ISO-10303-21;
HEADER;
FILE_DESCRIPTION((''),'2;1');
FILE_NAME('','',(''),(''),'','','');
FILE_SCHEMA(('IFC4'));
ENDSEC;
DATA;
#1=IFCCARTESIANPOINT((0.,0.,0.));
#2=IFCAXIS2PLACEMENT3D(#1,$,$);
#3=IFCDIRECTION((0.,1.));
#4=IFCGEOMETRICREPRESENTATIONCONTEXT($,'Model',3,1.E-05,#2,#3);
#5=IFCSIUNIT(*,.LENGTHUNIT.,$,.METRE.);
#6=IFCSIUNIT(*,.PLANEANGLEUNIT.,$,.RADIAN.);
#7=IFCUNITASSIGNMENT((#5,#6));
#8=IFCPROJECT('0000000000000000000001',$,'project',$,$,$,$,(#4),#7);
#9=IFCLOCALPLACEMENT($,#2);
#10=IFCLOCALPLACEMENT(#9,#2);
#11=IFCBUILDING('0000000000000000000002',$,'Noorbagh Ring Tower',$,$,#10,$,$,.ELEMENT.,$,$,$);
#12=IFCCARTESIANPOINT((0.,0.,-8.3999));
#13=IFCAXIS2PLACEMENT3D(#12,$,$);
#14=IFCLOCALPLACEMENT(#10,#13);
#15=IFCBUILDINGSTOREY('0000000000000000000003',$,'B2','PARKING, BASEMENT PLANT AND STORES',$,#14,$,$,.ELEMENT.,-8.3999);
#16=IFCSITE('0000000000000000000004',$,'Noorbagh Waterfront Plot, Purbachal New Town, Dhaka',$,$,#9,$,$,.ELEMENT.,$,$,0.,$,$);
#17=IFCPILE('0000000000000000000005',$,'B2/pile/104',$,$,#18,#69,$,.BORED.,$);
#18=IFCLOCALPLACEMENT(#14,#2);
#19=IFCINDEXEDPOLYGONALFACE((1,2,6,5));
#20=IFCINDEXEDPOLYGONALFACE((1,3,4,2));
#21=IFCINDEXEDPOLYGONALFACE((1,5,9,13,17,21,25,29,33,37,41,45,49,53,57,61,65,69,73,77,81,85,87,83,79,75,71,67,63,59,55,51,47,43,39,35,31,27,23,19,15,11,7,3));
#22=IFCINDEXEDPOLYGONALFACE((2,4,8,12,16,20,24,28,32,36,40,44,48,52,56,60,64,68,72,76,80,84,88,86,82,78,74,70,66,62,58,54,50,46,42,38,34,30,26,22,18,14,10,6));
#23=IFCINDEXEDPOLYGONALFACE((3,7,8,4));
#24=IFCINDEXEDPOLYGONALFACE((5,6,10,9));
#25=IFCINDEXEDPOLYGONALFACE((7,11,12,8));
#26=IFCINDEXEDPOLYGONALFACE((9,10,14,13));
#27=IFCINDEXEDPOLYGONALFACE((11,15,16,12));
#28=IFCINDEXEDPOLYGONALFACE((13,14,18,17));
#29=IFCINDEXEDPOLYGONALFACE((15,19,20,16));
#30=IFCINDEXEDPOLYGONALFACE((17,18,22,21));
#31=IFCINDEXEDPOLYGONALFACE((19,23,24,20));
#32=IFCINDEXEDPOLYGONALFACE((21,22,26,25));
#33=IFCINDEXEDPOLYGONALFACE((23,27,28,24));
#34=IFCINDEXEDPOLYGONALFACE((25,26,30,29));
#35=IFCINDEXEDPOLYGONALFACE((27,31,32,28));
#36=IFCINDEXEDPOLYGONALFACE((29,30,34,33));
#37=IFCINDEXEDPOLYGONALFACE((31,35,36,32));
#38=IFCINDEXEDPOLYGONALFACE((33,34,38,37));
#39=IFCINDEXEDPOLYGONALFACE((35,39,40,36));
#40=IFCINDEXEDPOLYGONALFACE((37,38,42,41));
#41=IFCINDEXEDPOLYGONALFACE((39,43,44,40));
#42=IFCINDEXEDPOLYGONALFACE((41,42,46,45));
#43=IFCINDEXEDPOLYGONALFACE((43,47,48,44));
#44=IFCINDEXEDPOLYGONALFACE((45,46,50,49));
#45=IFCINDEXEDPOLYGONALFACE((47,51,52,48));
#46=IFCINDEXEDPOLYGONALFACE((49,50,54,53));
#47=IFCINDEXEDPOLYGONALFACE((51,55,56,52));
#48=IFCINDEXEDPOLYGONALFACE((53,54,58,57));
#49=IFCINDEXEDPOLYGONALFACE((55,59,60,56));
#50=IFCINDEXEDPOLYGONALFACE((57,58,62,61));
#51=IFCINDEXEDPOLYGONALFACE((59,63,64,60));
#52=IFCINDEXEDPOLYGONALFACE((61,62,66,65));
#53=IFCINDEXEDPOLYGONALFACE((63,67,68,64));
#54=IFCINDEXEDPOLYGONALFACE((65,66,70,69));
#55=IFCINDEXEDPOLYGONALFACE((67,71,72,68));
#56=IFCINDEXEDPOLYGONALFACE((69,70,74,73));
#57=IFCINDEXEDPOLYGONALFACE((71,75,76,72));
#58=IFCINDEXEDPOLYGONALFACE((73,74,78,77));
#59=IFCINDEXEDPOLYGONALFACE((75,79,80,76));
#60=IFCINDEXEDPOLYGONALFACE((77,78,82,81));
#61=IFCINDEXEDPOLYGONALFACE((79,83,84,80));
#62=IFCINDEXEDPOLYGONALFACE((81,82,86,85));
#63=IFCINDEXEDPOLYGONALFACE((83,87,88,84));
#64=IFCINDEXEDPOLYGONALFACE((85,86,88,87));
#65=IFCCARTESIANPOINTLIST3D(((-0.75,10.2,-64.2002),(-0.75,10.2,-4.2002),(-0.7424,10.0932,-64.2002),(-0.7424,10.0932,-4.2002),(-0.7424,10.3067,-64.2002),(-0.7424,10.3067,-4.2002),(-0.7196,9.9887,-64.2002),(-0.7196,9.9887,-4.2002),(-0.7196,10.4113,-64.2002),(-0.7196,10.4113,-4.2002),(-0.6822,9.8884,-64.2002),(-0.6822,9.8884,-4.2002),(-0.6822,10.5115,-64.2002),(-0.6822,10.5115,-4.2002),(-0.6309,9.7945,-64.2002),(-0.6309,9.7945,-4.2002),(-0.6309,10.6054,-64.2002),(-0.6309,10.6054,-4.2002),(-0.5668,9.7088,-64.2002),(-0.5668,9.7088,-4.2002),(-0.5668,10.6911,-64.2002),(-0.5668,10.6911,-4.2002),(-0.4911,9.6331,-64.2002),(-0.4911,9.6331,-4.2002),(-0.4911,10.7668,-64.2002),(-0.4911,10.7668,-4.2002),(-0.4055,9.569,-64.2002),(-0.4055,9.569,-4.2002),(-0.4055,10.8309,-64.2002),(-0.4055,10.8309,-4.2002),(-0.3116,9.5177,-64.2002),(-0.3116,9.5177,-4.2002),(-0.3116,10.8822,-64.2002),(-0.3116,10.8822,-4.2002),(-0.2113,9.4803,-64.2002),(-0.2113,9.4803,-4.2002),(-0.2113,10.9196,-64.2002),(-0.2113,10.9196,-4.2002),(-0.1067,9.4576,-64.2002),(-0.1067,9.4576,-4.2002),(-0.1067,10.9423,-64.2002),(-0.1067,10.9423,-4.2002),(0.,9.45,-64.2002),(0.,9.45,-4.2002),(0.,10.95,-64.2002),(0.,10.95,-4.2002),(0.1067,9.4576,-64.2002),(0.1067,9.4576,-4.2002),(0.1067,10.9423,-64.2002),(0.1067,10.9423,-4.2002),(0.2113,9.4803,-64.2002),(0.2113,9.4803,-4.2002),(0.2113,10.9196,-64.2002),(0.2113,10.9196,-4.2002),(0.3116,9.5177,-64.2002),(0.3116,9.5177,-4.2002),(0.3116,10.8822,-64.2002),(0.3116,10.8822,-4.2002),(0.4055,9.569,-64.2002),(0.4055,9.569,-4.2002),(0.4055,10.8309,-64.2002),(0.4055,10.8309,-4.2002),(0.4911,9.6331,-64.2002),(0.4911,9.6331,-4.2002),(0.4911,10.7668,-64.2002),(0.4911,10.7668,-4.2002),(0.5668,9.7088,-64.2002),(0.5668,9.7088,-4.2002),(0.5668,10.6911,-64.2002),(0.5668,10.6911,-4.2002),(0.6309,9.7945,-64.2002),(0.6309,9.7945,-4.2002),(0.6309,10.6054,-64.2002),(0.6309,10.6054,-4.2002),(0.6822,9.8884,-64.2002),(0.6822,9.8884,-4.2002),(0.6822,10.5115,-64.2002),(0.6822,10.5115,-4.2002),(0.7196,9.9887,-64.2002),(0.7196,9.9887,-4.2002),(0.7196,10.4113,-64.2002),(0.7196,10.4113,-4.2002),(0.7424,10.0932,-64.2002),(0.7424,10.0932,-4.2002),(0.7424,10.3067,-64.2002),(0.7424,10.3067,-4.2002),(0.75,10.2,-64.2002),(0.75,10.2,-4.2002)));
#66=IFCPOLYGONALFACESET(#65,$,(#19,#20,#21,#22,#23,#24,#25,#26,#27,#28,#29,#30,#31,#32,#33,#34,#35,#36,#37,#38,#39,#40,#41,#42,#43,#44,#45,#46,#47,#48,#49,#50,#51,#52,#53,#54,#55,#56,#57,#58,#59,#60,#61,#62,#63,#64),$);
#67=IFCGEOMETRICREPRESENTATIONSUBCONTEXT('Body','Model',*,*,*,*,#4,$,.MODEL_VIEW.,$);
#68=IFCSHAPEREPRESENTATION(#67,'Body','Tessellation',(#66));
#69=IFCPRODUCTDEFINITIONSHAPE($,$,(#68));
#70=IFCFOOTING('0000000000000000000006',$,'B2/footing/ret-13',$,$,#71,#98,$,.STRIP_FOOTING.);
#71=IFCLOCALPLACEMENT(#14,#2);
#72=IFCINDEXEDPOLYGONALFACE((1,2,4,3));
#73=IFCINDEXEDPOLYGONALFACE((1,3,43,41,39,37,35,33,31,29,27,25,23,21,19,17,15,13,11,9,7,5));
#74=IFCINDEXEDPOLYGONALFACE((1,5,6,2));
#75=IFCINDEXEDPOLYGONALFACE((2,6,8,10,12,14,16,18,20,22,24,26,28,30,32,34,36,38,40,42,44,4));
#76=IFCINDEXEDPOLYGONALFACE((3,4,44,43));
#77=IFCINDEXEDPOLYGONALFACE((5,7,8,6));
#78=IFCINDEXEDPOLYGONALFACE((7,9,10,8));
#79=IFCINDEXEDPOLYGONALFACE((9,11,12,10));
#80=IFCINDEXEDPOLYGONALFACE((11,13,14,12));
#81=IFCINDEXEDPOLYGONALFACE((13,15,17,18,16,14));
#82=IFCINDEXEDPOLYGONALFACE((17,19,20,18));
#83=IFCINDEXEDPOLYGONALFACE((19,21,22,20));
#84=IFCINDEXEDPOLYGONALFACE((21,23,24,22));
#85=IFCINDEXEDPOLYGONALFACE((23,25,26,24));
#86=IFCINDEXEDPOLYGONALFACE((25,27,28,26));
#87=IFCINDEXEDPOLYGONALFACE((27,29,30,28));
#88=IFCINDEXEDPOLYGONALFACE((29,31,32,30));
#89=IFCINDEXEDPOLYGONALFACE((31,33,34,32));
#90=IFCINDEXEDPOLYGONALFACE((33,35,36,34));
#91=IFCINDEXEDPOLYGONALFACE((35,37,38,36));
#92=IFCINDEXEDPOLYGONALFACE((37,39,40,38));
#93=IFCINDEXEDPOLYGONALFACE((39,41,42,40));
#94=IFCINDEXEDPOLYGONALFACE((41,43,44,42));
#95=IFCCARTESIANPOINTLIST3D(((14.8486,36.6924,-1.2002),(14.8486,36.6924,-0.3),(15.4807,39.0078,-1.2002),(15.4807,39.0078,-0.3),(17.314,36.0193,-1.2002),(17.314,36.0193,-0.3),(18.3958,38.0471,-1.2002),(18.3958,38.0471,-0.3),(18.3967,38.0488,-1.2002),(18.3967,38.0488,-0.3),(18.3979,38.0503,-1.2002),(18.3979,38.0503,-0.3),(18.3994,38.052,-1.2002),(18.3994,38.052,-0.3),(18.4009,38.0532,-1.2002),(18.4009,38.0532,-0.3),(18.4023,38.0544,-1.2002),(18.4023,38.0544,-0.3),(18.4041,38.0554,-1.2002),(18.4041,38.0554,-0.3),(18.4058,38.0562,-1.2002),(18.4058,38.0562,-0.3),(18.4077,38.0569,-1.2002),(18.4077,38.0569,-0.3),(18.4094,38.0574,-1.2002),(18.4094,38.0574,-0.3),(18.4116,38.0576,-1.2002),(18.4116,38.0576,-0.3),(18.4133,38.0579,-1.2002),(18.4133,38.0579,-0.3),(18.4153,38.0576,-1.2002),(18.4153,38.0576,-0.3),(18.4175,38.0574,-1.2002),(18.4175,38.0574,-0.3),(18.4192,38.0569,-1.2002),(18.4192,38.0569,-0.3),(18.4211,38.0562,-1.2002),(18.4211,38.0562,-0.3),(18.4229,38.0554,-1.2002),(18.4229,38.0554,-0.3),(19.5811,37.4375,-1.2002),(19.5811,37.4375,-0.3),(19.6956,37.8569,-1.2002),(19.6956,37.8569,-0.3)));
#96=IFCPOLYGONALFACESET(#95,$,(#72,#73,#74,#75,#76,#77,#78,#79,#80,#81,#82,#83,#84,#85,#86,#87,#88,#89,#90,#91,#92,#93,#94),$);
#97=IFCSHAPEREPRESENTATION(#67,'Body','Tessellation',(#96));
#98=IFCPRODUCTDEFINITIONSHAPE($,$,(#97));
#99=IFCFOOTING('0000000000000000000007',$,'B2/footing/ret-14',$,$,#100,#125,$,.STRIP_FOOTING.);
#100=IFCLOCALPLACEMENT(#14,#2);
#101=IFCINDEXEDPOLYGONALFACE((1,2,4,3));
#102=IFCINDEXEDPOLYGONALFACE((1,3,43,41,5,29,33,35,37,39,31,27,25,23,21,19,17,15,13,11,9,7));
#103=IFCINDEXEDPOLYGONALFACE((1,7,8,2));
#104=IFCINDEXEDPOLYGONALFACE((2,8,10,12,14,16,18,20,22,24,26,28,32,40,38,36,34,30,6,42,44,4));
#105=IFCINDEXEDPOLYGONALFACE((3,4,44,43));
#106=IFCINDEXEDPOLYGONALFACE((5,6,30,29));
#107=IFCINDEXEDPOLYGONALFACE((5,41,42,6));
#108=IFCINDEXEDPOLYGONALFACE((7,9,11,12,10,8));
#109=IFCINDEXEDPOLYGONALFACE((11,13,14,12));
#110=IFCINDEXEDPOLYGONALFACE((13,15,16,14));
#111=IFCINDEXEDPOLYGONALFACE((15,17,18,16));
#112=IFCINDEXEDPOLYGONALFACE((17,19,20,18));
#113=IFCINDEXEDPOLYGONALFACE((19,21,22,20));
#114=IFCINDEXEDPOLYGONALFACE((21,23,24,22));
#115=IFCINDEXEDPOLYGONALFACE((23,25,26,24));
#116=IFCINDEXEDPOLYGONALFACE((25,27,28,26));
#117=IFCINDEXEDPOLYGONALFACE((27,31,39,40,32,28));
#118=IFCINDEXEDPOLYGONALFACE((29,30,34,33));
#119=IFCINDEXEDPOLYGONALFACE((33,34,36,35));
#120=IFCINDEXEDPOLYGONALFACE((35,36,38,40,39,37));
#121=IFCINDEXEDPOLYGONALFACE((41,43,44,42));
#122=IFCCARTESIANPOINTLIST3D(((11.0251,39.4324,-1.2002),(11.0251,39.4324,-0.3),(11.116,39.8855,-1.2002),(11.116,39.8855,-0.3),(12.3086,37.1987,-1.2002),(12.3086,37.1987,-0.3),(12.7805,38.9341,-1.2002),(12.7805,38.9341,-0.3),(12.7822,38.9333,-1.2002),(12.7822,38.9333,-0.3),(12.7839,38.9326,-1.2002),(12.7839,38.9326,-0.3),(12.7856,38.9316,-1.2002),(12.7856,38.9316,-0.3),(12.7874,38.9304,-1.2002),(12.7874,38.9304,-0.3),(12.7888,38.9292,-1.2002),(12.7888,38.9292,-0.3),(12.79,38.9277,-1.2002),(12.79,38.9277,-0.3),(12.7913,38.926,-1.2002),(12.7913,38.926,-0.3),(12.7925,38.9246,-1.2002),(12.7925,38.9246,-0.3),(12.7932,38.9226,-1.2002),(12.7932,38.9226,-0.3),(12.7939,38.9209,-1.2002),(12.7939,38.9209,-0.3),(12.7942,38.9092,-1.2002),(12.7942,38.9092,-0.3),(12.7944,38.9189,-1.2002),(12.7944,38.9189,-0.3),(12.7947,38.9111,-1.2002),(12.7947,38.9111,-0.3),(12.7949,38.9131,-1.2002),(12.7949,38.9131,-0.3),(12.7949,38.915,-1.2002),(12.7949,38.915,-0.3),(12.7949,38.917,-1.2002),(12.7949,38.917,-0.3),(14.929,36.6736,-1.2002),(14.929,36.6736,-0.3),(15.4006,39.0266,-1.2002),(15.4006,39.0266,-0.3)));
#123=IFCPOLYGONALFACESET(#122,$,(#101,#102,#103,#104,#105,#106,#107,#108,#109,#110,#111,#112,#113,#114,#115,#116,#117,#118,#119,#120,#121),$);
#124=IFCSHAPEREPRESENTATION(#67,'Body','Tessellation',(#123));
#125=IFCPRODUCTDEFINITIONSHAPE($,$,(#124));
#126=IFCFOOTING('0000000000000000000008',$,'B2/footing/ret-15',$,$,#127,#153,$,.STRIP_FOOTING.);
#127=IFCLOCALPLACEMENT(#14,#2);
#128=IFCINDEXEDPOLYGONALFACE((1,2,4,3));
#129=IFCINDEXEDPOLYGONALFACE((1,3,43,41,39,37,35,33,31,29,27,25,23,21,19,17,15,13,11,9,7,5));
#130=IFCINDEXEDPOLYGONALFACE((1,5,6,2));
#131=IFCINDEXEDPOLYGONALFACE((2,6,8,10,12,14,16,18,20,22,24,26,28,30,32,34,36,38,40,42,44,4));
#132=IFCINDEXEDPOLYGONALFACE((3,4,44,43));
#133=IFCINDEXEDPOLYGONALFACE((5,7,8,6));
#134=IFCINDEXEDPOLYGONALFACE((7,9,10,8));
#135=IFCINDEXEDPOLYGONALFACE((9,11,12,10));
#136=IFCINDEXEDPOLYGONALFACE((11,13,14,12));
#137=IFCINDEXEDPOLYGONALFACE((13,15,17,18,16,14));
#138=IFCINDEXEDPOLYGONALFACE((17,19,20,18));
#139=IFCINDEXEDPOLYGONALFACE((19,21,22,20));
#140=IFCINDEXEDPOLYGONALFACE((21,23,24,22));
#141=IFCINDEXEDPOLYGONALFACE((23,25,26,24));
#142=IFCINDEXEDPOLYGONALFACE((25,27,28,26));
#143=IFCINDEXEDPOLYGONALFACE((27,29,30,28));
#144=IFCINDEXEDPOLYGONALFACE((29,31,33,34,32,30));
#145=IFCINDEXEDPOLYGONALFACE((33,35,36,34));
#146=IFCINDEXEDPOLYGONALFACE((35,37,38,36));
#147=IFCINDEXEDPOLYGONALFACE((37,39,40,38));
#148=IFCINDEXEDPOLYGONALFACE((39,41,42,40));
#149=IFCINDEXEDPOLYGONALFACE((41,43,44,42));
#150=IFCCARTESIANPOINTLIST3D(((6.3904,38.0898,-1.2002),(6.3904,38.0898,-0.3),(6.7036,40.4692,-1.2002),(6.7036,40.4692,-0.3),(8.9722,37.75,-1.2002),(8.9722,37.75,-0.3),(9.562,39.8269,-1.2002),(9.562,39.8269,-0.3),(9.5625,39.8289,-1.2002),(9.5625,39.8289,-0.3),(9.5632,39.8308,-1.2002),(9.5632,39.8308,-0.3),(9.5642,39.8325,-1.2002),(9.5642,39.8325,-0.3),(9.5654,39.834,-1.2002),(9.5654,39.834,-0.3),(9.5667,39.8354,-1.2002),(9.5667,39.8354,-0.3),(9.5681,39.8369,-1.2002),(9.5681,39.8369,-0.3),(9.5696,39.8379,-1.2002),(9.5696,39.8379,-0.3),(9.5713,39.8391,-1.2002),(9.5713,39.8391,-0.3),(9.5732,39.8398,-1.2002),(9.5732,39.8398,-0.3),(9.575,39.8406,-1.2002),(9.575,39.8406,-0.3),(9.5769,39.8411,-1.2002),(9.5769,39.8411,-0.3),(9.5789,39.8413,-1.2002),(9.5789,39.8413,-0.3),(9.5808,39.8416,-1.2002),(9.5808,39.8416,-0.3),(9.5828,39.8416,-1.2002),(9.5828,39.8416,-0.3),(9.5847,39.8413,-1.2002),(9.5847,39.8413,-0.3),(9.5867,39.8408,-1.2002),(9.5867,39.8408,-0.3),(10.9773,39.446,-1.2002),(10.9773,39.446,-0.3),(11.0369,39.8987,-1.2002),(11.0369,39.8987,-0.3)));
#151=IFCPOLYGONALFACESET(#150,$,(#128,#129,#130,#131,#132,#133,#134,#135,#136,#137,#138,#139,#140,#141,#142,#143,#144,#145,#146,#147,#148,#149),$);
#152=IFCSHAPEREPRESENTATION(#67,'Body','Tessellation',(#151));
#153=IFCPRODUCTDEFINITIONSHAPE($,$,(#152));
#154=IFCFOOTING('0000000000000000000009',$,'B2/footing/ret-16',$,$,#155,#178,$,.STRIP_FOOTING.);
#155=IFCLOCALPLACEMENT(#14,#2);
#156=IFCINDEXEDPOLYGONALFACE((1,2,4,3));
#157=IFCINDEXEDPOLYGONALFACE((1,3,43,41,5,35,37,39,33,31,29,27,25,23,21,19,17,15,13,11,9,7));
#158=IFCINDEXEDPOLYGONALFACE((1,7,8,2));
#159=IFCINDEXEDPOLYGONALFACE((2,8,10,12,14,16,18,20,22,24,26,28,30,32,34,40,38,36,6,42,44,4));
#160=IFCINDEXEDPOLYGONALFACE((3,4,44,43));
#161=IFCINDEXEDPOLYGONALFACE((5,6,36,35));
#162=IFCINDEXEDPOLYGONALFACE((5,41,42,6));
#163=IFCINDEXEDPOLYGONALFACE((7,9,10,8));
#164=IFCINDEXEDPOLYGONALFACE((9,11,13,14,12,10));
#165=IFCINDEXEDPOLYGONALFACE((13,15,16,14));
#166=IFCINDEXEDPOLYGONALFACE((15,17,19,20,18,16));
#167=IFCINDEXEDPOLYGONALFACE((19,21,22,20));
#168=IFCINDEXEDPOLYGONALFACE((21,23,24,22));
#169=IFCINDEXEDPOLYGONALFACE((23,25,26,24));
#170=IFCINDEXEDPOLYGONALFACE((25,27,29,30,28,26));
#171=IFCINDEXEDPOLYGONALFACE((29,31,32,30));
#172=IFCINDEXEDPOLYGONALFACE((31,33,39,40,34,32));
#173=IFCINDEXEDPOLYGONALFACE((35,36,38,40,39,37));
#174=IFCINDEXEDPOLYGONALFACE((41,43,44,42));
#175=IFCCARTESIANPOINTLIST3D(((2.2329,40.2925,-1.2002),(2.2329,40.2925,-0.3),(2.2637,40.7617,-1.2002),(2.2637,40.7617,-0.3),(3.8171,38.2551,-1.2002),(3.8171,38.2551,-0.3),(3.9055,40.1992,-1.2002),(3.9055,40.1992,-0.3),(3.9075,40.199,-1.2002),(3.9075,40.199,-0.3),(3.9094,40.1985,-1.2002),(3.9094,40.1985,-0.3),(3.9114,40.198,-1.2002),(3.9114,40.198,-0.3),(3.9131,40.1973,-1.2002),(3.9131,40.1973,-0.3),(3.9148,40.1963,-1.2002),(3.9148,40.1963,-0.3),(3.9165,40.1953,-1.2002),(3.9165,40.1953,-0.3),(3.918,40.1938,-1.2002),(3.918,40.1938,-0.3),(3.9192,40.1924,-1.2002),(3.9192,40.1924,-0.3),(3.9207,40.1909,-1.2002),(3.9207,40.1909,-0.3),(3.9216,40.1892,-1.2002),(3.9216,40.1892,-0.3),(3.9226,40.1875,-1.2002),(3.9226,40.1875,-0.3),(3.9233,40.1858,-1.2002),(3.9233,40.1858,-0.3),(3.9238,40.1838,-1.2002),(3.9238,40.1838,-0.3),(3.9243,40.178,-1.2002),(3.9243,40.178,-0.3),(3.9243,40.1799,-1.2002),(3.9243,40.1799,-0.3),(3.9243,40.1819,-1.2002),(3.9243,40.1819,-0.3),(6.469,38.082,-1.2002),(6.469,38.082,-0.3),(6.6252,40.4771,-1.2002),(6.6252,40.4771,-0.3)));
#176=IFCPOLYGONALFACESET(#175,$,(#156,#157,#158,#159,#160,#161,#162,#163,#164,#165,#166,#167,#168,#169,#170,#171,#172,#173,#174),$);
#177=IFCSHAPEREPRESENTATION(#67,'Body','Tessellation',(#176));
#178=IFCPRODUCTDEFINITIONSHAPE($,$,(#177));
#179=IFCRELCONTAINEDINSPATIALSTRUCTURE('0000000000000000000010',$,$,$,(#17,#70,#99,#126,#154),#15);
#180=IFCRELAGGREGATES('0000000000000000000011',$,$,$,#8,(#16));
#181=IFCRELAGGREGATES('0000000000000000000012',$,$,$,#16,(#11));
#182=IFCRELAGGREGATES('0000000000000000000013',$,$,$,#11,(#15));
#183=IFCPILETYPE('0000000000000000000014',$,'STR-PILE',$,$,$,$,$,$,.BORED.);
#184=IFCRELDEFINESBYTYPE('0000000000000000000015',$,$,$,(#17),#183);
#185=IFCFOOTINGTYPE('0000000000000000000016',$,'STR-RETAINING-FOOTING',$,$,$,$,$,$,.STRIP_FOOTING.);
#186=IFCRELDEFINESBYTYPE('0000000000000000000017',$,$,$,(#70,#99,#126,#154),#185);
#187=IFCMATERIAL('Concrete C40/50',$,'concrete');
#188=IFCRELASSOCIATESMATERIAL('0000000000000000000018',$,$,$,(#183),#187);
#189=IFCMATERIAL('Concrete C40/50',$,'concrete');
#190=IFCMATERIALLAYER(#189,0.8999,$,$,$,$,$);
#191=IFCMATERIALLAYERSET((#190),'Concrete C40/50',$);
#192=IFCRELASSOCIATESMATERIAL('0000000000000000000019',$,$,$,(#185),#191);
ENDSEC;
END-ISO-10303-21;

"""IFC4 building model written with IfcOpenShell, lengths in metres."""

from ifc_helpers import new_model, si_unit, direction, frame, origin, origin_2d, place, context, subcontext, project, spatial, polyline, circle, outline, extrude, material, layer, layer_set, material_profile, profile_set, type_object, element, save


model = new_model("IFC4")

# Units and contexts
model_context = context("Model", 3, precision=1e-05, world=origin(), true_north=direction((0.0, 1.0)))
body_context = subcontext(model_context, "Body", "Model", "MODEL_VIEW")
ifc_project = project(units=[si_unit("LENGTHUNIT", "METRE"), si_unit("PLANEANGLEUNIT", "RADIAN")], contexts=[model_context])

# Site, building, storey
site_placement = place(None, origin())
site = spatial("IfcSite", under=ifc_project, at=site_placement, Name="Noorbagh Waterfront Plot, Purbachal New Town, Dhaka", CompositionType="ELEMENT", RefElevation=0.0)
building_placement = place(site_placement, origin())
building = spatial("IfcBuilding", under=site, at=building_placement, Name="Noorbagh Ring Tower", CompositionType="ELEMENT")
storey_placement = place(building_placement, frame((0.0, 0.0, -8.3999)))
storey = spatial("IfcBuildingStorey", under=building, at=storey_placement, Name="B2", Description="PARKING, BASEMENT PLANT AND STORES", CompositionType="ELEMENT", Elevation=-8.3999)

# Pile
ifc_material_1 = material(Name="Concrete C40/50", Category="concrete")
ifc_material_profile = material_profile(ifc_material_1, circle(Radius=0.75, at=origin_2d()), Name="PILE1500")
ifc_profile_set = profile_set([ifc_material_profile], Name="Concrete C40/50")
pile_type = type_object("IfcPileType", Name="STR-PILE", PredefinedType="BORED", material=ifc_profile_set)
pile_placement = place(storey_placement, frame((0.0, 10.2, -4.2002), z_axis=(0.0, 0.0, -1.0), x_axis=(1.0, 0.0, 0.0)))
element("IfcPile", 1, at=pile_placement, inside=storey, type_object=pile_type, Name="B2/pile/104", PredefinedType="BORED", context=body_context, shape_type="SweptSolid", body=[
    extrude(circle(Radius=0.75, at=origin_2d()), origin(), (0.0, 0.0, 1.0), 60.0),
])

# Footings
ifc_material_2 = material(Name="Concrete C40/50", Category="concrete")
ifc_layer = layer(ifc_material_2, 0.8999)
ifc_layer_set = layer_set([ifc_layer], Name="Concrete C40/50")
footing_type = type_object("IfcFootingType", Name="STR-RETAINING-FOOTING", PredefinedType="STRIP_FOOTING", material=ifc_layer_set)
footing_1_placement = place(storey_placement, frame((0.0, 0.0, -1.2002)))
element("IfcFooting", 2, at=footing_1_placement, inside=storey, type_object=footing_type, Name="B2/footing/ret-13", PredefinedType="STRIP_FOOTING", context=body_context, shape_type="SweptSolid", body=[
    extrude(outline(polyline([(15.4807, 39.0078), (19.6956, 37.8569), (19.5811, 37.4375), (18.4229, 38.0554), (18.4211, 38.0562), (18.4192, 38.0569), (18.4175, 38.0574), (18.4153, 38.0576), (18.4133, 38.0579), (18.4116, 38.0576), (18.4094, 38.0574), (18.4077, 38.0569), (18.4058, 38.0562), (18.4041, 38.0554), (18.4023, 38.0544), (18.4009, 38.0532), (18.3994, 38.052), (18.3979, 38.0503), (18.3967, 38.0488), (18.3958, 38.0471), (17.314, 36.0193), (14.8486, 36.6924), (15.4807, 39.0078)])), origin(), (0.0, 0.0, 1.0), 0.9001),
])
footing_2_placement = place(storey_placement, frame((0.0, 0.0, -1.2002)))
element("IfcFooting", 3, at=footing_2_placement, inside=storey, type_object=footing_type, Name="B2/footing/ret-14", PredefinedType="STRIP_FOOTING", context=body_context, shape_type="SweptSolid", body=[
    extrude(outline(polyline([(11.116, 39.8855), (15.4006, 39.0266), (14.929, 36.6736), (12.3086, 37.1987), (12.7942, 38.9092), (12.7947, 38.9111), (12.7949, 38.9131), (12.7949, 38.915), (12.7949, 38.917), (12.7944, 38.9189), (12.7939, 38.9209), (12.7932, 38.9226), (12.7925, 38.9246), (12.7913, 38.926), (12.79, 38.9277), (12.7888, 38.9292), (12.7874, 38.9304), (12.7856, 38.9316), (12.7839, 38.9326), (12.7822, 38.9333), (12.7805, 38.9341), (11.0251, 39.4324), (11.116, 39.8855)])), origin(), (0.0, 0.0, 1.0), 0.9001),
])
footing_3_placement = place(storey_placement, frame((0.0, 0.0, -1.2002)))
element("IfcFooting", 4, at=footing_3_placement, inside=storey, type_object=footing_type, Name="B2/footing/ret-15", PredefinedType="STRIP_FOOTING", context=body_context, shape_type="SweptSolid", body=[
    extrude(outline(polyline([(6.7036, 40.4692), (11.0369, 39.8987), (10.9773, 39.446), (9.5867, 39.8408), (9.5847, 39.8413), (9.5828, 39.8416), (9.5808, 39.8416), (9.5789, 39.8413), (9.5769, 39.8411), (9.575, 39.8406), (9.5732, 39.8398), (9.5713, 39.8391), (9.5696, 39.8379), (9.5681, 39.8369), (9.5667, 39.8354), (9.5654, 39.834), (9.5642, 39.8325), (9.5632, 39.8308), (9.5625, 39.8289), (9.562, 39.8269), (8.9722, 37.75), (6.3904, 38.0898), (6.7036, 40.4692)])), origin(), (0.0, 0.0, 1.0), 0.9001),
])
footing_4_placement = place(storey_placement, frame((0.0, 0.0, -1.2002)))
element("IfcFooting", 5, at=footing_4_placement, inside=storey, type_object=footing_type, Name="B2/footing/ret-16", PredefinedType="STRIP_FOOTING", context=body_context, shape_type="SweptSolid", body=[
    extrude(outline(polyline([(2.2637, 40.7617), (6.6252, 40.4771), (6.469, 38.082), (3.8171, 38.2551), (3.9243, 40.178), (3.9243, 40.1799), (3.9243, 40.1819), (3.9238, 40.1838), (3.9233, 40.1858), (3.9226, 40.1875), (3.9216, 40.1892), (3.9207, 40.1909), (3.9192, 40.1924), (3.918, 40.1938), (3.9165, 40.1953), (3.9148, 40.1963), (3.9131, 40.1973), (3.9114, 40.198), (3.9094, 40.1985), (3.9075, 40.199), (3.9055, 40.1992), (2.2329, 40.2925), (2.2637, 40.7617)])), origin(), (0.0, 0.0, 1.0), 0.9001),
])

save(model, "model.ifc")
